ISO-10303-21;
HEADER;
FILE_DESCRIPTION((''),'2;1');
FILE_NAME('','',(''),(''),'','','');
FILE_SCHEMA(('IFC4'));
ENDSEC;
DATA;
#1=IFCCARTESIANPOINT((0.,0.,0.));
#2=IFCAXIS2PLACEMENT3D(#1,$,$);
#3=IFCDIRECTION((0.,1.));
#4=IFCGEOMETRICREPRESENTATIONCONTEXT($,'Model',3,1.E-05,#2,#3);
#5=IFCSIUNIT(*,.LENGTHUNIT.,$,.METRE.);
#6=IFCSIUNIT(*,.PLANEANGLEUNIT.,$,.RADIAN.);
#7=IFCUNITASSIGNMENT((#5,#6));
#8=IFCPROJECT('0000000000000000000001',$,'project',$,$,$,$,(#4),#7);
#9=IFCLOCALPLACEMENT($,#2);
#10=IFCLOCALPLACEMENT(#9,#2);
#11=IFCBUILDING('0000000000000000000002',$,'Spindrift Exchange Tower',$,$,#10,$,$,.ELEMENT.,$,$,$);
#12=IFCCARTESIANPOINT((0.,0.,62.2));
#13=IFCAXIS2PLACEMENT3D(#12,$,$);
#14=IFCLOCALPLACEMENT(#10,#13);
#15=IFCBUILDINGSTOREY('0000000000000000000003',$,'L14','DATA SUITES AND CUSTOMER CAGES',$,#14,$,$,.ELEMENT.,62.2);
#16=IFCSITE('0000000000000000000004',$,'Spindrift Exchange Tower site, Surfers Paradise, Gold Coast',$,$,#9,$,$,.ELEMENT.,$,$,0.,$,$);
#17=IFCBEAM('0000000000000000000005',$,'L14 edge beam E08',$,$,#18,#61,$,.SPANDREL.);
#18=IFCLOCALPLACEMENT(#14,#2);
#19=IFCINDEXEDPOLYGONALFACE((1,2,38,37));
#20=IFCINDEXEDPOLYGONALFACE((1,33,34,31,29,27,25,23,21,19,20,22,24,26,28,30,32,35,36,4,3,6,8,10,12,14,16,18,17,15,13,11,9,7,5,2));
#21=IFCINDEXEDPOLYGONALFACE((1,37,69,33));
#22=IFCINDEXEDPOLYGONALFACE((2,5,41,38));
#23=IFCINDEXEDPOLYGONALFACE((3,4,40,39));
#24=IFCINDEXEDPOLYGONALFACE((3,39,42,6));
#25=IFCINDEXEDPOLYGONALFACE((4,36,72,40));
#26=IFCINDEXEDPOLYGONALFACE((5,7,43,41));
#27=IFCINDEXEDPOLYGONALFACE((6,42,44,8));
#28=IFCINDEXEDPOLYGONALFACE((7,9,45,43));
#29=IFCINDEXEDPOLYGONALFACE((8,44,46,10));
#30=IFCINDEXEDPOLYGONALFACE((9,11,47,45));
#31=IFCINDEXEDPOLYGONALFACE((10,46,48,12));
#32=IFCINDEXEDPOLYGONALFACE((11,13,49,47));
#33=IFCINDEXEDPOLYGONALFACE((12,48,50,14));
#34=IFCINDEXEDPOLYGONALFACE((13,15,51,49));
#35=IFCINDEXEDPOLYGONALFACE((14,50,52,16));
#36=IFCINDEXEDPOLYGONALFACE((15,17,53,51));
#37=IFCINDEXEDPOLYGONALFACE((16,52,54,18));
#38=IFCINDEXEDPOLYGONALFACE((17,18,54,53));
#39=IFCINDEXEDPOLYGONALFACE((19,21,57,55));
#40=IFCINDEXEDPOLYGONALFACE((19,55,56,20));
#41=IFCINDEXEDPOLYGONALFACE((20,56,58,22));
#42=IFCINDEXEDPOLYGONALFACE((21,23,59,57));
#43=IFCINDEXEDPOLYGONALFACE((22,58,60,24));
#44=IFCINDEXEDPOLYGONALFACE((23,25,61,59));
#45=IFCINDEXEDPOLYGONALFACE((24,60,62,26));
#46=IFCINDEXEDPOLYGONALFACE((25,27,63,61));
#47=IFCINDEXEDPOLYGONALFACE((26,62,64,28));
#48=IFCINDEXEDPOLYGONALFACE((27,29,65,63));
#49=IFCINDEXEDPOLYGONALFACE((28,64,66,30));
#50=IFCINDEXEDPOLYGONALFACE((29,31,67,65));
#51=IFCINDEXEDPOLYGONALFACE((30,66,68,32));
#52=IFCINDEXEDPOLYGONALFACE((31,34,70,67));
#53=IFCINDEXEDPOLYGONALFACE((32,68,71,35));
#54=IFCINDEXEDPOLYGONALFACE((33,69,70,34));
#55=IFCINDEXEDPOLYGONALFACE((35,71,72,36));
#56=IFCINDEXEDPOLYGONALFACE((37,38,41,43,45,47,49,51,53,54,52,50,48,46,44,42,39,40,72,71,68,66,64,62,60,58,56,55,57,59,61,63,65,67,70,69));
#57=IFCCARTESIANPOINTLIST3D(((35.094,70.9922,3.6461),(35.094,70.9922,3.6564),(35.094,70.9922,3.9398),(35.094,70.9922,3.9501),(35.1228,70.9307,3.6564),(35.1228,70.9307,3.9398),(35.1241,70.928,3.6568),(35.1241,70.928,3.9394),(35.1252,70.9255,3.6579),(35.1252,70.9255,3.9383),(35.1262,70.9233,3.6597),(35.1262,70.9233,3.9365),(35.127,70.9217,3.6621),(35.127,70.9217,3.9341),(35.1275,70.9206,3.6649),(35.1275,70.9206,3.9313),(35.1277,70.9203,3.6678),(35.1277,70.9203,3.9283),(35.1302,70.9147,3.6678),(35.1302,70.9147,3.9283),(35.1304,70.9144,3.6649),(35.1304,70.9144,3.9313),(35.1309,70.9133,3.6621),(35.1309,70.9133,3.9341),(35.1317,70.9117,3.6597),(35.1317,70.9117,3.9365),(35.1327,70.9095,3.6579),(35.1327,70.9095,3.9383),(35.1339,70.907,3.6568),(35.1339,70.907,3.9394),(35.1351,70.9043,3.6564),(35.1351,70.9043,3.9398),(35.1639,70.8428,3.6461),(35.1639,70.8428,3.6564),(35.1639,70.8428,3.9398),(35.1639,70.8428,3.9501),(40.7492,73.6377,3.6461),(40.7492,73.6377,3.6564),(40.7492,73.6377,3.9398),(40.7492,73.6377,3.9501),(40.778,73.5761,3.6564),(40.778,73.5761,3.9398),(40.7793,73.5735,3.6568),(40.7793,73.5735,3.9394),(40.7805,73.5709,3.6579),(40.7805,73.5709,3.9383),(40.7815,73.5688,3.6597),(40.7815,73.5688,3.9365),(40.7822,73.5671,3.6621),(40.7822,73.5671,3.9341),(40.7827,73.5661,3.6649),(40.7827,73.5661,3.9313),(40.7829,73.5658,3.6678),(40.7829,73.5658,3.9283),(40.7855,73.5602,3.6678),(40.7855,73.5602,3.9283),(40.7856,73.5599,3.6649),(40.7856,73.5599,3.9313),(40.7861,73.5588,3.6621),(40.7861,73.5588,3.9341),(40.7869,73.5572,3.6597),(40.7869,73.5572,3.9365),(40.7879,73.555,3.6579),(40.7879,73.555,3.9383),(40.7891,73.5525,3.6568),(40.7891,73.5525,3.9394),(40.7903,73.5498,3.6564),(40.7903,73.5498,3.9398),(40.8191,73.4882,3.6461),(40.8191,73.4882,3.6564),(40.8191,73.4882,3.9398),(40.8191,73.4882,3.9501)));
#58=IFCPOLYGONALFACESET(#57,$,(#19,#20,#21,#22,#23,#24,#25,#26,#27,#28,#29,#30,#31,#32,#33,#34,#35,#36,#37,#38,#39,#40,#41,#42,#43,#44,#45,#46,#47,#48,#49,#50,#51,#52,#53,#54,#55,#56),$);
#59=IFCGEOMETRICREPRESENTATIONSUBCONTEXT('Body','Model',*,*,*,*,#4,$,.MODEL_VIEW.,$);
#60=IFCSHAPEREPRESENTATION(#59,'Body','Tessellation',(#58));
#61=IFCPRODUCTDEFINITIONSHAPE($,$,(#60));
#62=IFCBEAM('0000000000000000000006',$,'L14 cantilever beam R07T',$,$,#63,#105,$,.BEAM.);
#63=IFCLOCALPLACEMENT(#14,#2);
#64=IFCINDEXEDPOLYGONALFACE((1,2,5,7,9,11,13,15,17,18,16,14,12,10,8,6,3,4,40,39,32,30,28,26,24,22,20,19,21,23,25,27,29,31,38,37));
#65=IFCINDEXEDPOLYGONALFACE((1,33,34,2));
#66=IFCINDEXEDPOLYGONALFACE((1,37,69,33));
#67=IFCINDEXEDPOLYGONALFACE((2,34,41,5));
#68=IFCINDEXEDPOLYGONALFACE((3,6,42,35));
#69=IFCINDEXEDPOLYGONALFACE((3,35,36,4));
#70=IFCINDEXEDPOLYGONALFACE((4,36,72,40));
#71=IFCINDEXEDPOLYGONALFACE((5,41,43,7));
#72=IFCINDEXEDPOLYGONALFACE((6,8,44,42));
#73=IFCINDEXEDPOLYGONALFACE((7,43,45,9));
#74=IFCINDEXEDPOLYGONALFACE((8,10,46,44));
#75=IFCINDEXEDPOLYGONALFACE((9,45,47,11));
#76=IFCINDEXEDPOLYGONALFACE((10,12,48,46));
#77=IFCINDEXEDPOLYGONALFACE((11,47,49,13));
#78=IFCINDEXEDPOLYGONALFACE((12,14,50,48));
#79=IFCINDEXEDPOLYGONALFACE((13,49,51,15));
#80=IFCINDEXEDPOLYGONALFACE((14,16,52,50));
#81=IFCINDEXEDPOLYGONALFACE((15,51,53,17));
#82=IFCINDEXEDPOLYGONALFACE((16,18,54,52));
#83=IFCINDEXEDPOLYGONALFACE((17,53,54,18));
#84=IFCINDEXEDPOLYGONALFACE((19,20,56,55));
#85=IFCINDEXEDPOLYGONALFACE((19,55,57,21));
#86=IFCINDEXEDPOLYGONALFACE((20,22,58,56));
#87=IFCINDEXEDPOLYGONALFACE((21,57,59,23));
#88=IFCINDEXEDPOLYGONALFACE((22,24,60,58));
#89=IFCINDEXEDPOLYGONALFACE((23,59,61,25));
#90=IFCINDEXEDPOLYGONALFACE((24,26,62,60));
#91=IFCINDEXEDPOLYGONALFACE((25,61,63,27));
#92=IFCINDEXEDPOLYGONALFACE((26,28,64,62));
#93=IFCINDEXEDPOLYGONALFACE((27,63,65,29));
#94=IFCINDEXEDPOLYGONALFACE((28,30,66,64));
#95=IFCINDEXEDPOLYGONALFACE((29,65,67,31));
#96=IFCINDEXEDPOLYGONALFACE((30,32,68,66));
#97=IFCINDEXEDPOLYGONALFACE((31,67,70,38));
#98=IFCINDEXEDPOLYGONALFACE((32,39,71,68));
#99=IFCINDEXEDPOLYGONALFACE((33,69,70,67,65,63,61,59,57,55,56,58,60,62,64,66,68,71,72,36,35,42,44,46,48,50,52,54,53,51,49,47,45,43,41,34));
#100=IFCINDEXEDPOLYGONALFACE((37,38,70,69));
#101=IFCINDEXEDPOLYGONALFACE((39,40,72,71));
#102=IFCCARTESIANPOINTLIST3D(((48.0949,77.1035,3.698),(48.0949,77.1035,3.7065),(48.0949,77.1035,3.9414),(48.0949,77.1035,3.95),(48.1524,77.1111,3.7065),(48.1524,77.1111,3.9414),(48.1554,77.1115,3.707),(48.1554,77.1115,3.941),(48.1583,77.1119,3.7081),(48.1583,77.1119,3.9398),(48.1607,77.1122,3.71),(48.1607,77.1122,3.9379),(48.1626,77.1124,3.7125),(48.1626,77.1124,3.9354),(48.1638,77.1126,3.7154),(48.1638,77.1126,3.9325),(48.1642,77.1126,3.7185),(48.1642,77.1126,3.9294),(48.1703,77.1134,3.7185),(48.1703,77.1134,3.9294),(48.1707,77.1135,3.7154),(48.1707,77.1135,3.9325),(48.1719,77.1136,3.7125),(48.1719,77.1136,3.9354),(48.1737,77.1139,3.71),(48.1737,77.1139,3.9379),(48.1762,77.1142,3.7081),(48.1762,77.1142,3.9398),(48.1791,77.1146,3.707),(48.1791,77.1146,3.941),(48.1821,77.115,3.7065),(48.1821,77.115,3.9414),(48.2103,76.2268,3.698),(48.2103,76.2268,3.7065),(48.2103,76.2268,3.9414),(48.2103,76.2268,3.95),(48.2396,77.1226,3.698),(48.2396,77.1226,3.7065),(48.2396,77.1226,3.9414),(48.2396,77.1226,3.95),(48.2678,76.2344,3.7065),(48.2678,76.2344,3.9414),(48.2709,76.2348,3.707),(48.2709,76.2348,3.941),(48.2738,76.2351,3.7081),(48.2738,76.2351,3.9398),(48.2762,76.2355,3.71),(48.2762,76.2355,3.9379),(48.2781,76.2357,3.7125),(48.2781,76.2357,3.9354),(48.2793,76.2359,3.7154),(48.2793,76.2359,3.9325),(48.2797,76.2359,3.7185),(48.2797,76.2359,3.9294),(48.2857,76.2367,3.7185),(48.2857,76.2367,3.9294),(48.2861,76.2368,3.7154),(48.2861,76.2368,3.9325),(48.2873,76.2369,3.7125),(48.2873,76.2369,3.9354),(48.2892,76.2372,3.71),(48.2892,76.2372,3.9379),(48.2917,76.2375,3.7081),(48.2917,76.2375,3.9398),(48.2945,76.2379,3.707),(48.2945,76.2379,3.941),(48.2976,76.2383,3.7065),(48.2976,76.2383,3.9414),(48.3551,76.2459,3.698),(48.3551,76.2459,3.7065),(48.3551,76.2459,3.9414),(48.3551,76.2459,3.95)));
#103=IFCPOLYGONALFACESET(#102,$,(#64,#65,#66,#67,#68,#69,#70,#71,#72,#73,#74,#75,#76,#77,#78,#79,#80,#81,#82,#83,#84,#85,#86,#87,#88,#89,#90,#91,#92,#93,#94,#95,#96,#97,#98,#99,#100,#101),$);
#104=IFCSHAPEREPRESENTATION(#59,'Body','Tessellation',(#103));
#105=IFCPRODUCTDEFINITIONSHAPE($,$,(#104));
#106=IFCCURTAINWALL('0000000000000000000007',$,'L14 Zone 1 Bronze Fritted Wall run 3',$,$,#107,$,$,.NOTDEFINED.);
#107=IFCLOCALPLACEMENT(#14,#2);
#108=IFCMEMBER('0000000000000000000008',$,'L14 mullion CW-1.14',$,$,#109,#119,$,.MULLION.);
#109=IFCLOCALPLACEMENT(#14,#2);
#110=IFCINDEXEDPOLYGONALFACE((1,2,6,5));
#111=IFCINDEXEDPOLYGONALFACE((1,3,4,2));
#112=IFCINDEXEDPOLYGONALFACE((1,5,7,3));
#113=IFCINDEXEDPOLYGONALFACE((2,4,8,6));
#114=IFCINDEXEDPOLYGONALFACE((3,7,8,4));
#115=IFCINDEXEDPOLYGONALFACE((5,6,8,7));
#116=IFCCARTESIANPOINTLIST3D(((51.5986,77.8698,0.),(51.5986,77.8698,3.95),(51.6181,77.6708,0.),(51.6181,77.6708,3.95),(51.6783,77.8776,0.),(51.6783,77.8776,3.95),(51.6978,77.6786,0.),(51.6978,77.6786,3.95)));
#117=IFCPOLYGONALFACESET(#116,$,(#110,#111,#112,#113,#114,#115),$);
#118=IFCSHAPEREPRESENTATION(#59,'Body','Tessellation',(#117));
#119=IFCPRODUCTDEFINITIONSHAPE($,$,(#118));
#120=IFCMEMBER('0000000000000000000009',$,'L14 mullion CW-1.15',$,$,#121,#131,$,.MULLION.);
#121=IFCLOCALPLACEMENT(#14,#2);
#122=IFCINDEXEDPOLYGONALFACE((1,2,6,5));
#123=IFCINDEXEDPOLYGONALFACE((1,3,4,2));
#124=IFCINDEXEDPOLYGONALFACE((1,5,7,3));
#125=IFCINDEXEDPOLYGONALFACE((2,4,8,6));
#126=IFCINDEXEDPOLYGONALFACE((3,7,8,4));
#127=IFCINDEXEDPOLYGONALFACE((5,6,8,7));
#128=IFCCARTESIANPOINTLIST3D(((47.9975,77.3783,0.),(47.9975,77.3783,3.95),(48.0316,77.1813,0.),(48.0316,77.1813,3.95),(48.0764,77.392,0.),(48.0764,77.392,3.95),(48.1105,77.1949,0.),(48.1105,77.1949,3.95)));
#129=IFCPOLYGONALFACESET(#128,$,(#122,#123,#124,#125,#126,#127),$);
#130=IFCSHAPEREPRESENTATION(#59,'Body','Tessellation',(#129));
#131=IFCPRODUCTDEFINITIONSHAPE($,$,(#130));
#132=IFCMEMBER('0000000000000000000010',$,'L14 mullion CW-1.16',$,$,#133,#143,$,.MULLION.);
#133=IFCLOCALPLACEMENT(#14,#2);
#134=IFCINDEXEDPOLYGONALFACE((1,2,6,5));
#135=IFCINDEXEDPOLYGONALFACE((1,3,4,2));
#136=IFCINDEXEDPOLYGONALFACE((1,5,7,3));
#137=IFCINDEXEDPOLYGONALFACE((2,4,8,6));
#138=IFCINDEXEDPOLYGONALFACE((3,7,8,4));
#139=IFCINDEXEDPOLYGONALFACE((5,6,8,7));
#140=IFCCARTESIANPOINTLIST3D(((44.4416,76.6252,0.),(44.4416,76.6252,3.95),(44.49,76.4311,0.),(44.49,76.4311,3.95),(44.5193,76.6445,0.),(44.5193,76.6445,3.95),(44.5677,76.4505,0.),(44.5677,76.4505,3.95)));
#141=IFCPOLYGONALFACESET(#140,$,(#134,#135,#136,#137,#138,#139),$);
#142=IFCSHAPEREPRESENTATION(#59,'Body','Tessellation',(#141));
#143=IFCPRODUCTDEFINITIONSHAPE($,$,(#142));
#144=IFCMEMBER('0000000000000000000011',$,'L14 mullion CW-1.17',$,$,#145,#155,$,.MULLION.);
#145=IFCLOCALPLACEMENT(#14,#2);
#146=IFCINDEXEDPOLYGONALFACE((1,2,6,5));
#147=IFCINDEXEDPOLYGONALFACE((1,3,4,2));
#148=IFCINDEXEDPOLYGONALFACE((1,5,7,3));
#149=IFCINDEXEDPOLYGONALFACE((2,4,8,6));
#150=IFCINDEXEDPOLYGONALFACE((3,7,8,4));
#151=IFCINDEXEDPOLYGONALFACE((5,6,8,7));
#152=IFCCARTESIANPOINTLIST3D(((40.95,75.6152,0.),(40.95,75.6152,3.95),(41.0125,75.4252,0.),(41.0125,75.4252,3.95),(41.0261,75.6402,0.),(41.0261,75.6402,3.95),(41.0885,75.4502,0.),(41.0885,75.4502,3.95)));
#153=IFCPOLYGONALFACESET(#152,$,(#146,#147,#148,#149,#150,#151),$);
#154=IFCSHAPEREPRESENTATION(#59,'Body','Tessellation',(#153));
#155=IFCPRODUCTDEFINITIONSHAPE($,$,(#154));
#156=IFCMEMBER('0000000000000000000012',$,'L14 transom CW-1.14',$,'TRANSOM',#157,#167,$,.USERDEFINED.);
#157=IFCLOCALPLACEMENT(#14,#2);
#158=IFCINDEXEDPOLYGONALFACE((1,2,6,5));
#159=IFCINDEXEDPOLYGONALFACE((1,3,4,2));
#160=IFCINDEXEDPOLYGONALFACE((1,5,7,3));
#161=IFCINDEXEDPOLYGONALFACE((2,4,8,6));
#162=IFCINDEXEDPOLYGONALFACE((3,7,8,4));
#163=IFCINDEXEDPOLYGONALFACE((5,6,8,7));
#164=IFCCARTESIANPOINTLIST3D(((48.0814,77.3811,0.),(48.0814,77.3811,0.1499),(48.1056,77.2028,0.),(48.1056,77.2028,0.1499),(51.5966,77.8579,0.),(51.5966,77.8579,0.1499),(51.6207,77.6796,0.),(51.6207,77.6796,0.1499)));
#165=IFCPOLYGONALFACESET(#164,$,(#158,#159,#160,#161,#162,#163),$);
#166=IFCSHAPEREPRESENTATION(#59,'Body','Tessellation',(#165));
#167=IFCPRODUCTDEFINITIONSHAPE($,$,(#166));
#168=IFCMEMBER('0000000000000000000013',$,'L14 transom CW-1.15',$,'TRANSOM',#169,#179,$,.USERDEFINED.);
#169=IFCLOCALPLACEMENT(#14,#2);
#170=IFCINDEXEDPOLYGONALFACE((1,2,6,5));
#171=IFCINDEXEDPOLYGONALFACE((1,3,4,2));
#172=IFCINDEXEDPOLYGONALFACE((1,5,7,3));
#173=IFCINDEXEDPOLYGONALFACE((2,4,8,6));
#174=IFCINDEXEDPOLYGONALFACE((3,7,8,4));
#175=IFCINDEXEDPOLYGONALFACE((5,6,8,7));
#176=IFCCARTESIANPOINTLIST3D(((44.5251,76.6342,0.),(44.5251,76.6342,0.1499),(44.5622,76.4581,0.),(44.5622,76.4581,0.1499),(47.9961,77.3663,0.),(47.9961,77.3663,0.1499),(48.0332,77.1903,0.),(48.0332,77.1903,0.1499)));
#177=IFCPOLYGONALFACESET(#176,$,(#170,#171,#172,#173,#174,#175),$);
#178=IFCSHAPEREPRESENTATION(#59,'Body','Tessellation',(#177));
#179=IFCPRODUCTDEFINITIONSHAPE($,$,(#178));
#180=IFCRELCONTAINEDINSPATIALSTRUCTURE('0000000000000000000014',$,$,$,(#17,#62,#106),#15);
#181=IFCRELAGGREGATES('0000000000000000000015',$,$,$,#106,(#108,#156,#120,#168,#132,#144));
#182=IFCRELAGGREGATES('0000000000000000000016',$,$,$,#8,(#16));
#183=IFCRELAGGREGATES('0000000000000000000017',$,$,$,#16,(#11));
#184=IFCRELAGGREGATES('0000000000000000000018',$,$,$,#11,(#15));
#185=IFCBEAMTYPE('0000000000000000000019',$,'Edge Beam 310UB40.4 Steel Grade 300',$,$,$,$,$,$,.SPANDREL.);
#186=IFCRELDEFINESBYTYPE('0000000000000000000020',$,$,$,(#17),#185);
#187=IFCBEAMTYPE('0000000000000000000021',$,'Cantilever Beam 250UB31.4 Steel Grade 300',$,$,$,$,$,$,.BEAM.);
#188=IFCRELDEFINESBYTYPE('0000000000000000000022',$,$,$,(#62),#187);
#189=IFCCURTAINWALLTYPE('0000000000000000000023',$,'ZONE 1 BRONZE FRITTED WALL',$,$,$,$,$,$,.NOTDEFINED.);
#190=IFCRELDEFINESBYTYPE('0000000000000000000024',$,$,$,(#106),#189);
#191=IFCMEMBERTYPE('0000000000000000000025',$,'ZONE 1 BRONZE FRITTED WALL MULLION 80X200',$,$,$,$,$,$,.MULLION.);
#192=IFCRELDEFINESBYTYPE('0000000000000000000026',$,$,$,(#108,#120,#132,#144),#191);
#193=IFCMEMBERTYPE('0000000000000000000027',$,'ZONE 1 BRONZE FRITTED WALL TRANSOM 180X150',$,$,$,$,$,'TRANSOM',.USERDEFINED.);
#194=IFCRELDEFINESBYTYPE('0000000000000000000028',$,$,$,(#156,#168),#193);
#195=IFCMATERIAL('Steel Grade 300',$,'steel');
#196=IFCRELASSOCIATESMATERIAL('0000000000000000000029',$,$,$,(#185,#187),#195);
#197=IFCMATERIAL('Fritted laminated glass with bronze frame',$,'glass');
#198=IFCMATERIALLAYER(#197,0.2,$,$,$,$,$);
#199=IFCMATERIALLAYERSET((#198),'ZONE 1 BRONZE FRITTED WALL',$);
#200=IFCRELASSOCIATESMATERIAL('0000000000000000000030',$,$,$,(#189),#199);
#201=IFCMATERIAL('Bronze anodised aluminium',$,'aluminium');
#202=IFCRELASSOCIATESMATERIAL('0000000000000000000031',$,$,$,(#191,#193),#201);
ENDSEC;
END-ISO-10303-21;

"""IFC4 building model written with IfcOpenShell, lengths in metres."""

from ifc_helpers import new_model, si_unit, direction, frame, origin, origin_2d, place, context, subcontext, project, spatial, rectangle, i_section, extrude, source, transform, mapped, material, layer, layer_set, material_profile, profile_set, type_object, element, aggregate, save


model = new_model("IFC4")

# Units and contexts
model_context = context("Model", 3, precision=1e-05, world=origin(), true_north=direction((0.0, 1.0)))
body_context = subcontext(model_context, "Body", "Model", "MODEL_VIEW")
ifc_project = project(units=[si_unit("LENGTHUNIT", "METRE"), si_unit("PLANEANGLEUNIT", "RADIAN")], contexts=[model_context])

# Site, building, storey
site_placement = place(None, origin())
site = spatial("IfcSite", under=ifc_project, at=site_placement, Name="Spindrift Exchange Tower site, Surfers Paradise, Gold Coast", CompositionType="ELEMENT", RefElevation=0.0)
building_placement = place(site_placement, origin())
building = spatial("IfcBuilding", under=site, at=building_placement, Name="Spindrift Exchange Tower", CompositionType="ELEMENT")
storey_placement = place(building_placement, frame((0.0, 0.0, 62.2)))
storey = spatial("IfcBuildingStorey", under=building, at=storey_placement, Name="L14", Description="DATA SUITES AND CUSTOMER CAGES", CompositionType="ELEMENT", Elevation=62.2)

# Beams
ifc_material_1 = material(Name="Steel Grade 300", Category="steel")
ifc_material_profile_1 = material_profile(ifc_material_1, i_section(OverallWidth=0.165, OverallDepth=0.304, WebThickness=0.0061, FlangeThickness=0.0103, FilletRadius=0.0115, at=origin_2d()), Name="310UB40.4")
ifc_profile_set_1 = profile_set([ifc_material_profile_1], Name="Steel Grade 300")
beam_type_1 = type_object("IfcBeamType", Name="Edge Beam 310UB40.4 Steel Grade 300", PredefinedType="SPANDREL", material=ifc_profile_set_1)
shared_shape_1 = source(origin(), body_context, "Body", "SweptSolid", [
    extrude(i_section(OverallWidth=0.165, OverallDepth=0.304, WebThickness=0.0061, FlangeThickness=0.0103, FilletRadius=0.0115, at=origin_2d()), origin(), (0.0, 0.0, 1.0), 6.2434),
])
beam_1_placement = place(storey_placement, frame((40.7842, 73.563, 3.7981), z_axis=(-0.905791, -0.423724, 0.0), x_axis=(0.423724, -0.905791, 0.0)))
element("IfcBeam", 1, at=beam_1_placement, inside=storey, type_object=beam_type_1, Name="L14 edge beam E08", PredefinedType="SPANDREL", context=body_context, shape_type="MappedRepresentation", body=[
    mapped(shared_shape_1, transform((0.0, 0.0, 0.0), scale=1.0)),
])
ifc_material_profile_2 = material_profile(ifc_material_1, i_section(OverallWidth=0.146, OverallDepth=0.252, WebThickness=0.0061, FlangeThickness=0.0085, FilletRadius=0.012, at=origin_2d()), Name="250UB31.4")
ifc_profile_set_2 = profile_set([ifc_material_profile_2], Name="Steel Grade 300")
beam_type_2 = type_object("IfcBeamType", Name="Cantilever Beam 250UB31.4 Steel Grade 300", PredefinedType="BEAM", material=ifc_profile_set_2)
shared_shape_2 = source(origin(), body_context, "Body", "SweptSolid", [
    extrude(i_section(OverallWidth=0.146, OverallDepth=0.252, WebThickness=0.0061, FlangeThickness=0.0085, FilletRadius=0.012, at=origin_2d()), origin(), (0.0, 0.0, 1.0), 0.8843),
])
beam_2_placement = place(storey_placement, frame((48.2827, 76.2363, 3.824), z_axis=(-0.13059, 0.991436, 0.0), x_axis=(-0.991436, -0.13059, 0.0)))
element("IfcBeam", 2, at=beam_2_placement, inside=storey, type_object=beam_type_2, Name="L14 cantilever beam R07T", PredefinedType="BEAM", context=body_context, shape_type="MappedRepresentation", body=[
    mapped(shared_shape_2, transform((0.0, 0.0, 0.0), scale=1.0)),
])

# Curtain wall, members
ifc_material_2 = material(Name="Fritted laminated glass with bronze frame", Category="glass")
ifc_layer_1 = layer(ifc_material_2, 0.2)
ifc_layer_set_1 = layer_set([ifc_layer_1], Name="ZONE 1 BRONZE FRITTED WALL")
curtain_wall_type = type_object("IfcCurtainWallType", Name="ZONE 1 BRONZE FRITTED WALL", PredefinedType="NOTDEFINED", material=ifc_layer_set_1)
curtain_wall_placement = place(storey_placement, origin())
curtain_wall = element("IfcCurtainWall", 3, at=curtain_wall_placement, inside=storey, type_object=curtain_wall_type, Name="L14 Zone 1 Bronze Fritted Wall run 3", PredefinedType="NOTDEFINED")
ifc_material_3 = material(Name="Bronze anodised aluminium", Category="aluminium")
ifc_material_profile_3 = material_profile(ifc_material_3, rectangle(XDim=0.0801, YDim=0.2, at=origin_2d()), Name="ZONE 1 BRONZE FRITTED WALL MULLION 80X200")
ifc_profile_set_3 = profile_set([ifc_material_profile_3], Name="Bronze anodised aluminium")
member_type_1 = type_object("IfcMemberType", Name="ZONE 1 BRONZE FRITTED WALL MULLION 80X200", PredefinedType="MULLION", material=ifc_profile_set_3)
shared_shape_3 = source(origin(), body_context, "Body", "SweptSolid", [
    extrude(rectangle(XDim=0.0801, YDim=0.2, at=origin_2d()), origin(), (0.0, 0.0, 1.0), 3.95),
])
member_1_placement = place(storey_placement, frame((51.6482, 77.7742, 0.0), z_axis=(0.0, 0.0, 1.0), x_axis=(-0.995223, -0.097632, 0.0)))
member_1 = element("IfcMember", 4, at=member_1_placement, type_object=member_type_1, Name="L14 mullion CW-1.14", PredefinedType="MULLION", context=body_context, shape_type="MappedRepresentation", body=[
    mapped(shared_shape_3, transform((0.0, 0.0, 0.0), scale=1.0)),
])
member_2_placement = place(storey_placement, frame((48.054, 77.2866, 0.0), z_axis=(0.0, 0.0, 1.0), x_axis=(-0.985353, -0.170526, 0.0)))
member_2 = element("IfcMember", 5, at=member_2_placement, type_object=member_type_1, Name="L14 mullion CW-1.15", PredefinedType="MULLION", context=body_context, shape_type="MappedRepresentation", body=[
    mapped(shared_shape_3, transform((0.0, 0.0, 0.0), scale=1.0)),
])
member_3_placement = place(storey_placement, frame((44.5046, 76.5378, 0.0), z_axis=(0.0, 0.0, 1.0), x_axis=(-0.970297, -0.241915, 0.0)))
member_3 = element("IfcMember", 6, at=member_3_placement, type_object=member_type_1, Name="L14 mullion CW-1.16", PredefinedType="MULLION", context=body_context, shape_type="MappedRepresentation", body=[
    mapped(shared_shape_3, transform((0.0, 0.0, 0.0), scale=1.0)),
])
member_4_placement = place(storey_placement, frame((41.0193, 75.5327, 0.0), z_axis=(0.0, 0.0, 1.0), x_axis=(-0.950018, -0.312195, 0.0)))
member_4 = element("IfcMember", 7, at=member_4_placement, type_object=member_type_1, Name="L14 mullion CW-1.17", PredefinedType="MULLION", context=body_context, shape_type="MappedRepresentation", body=[
    mapped(shared_shape_3, transform((0.0, 0.0, 0.0), scale=1.0)),
])
ifc_material_profile_4 = material_profile(ifc_material_3, rectangle(XDim=0.1799, YDim=0.1499, at=origin_2d()), Name="ZONE 1 BRONZE FRITTED WALL TRANSOM 180X150")
ifc_profile_set_4 = profile_set([ifc_material_profile_4], Name="Bronze anodised aluminium")
member_type_2 = type_object("IfcMemberType", Name="ZONE 1 BRONZE FRITTED WALL TRANSOM 180X150", ElementType="TRANSOM", PredefinedType="USERDEFINED", material=ifc_profile_set_4)
shared_shape_4 = source(origin(), body_context, "Body", "SweptSolid", [
    extrude(rectangle(XDim=0.1799, YDim=0.1499, at=origin_2d()), origin(), (0.0, 0.0, 1.0), 3.5474),
])
member_5_placement = place(storey_placement, frame((51.6086, 77.7688, 0.075), z_axis=(-0.990925, -0.134413, 0.0), x_axis=(0.134413, -0.990925, 0.0)))
member_5 = element("IfcMember", 8, at=member_5_placement, type_object=member_type_2, Name="L14 transom CW-1.14", ObjectType="TRANSOM", PredefinedType="USERDEFINED", context=body_context, shape_type="MappedRepresentation", body=[
    mapped(shared_shape_4, transform((0.0, 0.0, 0.0), scale=1.0)),
])
member_6_placement = place(storey_placement, frame((48.0146, 77.2783, 0.075), z_axis=(-0.978467, -0.206402, 0.0), x_axis=(0.206402, -0.978467, 0.0)))
member_6 = element("IfcMember", 9, at=member_6_placement, type_object=member_type_2, Name="L14 transom CW-1.15", ObjectType="TRANSOM", PredefinedType="USERDEFINED", context=body_context, shape_type="MappedRepresentation", body=[
    mapped(shared_shape_4, transform((0.0, 0.0, 0.0), scale=1.0)),
])
aggregate(curtain_wall, [member_1, member_5, member_2, member_6, member_3, member_4])

save(model, "model.ifc")
